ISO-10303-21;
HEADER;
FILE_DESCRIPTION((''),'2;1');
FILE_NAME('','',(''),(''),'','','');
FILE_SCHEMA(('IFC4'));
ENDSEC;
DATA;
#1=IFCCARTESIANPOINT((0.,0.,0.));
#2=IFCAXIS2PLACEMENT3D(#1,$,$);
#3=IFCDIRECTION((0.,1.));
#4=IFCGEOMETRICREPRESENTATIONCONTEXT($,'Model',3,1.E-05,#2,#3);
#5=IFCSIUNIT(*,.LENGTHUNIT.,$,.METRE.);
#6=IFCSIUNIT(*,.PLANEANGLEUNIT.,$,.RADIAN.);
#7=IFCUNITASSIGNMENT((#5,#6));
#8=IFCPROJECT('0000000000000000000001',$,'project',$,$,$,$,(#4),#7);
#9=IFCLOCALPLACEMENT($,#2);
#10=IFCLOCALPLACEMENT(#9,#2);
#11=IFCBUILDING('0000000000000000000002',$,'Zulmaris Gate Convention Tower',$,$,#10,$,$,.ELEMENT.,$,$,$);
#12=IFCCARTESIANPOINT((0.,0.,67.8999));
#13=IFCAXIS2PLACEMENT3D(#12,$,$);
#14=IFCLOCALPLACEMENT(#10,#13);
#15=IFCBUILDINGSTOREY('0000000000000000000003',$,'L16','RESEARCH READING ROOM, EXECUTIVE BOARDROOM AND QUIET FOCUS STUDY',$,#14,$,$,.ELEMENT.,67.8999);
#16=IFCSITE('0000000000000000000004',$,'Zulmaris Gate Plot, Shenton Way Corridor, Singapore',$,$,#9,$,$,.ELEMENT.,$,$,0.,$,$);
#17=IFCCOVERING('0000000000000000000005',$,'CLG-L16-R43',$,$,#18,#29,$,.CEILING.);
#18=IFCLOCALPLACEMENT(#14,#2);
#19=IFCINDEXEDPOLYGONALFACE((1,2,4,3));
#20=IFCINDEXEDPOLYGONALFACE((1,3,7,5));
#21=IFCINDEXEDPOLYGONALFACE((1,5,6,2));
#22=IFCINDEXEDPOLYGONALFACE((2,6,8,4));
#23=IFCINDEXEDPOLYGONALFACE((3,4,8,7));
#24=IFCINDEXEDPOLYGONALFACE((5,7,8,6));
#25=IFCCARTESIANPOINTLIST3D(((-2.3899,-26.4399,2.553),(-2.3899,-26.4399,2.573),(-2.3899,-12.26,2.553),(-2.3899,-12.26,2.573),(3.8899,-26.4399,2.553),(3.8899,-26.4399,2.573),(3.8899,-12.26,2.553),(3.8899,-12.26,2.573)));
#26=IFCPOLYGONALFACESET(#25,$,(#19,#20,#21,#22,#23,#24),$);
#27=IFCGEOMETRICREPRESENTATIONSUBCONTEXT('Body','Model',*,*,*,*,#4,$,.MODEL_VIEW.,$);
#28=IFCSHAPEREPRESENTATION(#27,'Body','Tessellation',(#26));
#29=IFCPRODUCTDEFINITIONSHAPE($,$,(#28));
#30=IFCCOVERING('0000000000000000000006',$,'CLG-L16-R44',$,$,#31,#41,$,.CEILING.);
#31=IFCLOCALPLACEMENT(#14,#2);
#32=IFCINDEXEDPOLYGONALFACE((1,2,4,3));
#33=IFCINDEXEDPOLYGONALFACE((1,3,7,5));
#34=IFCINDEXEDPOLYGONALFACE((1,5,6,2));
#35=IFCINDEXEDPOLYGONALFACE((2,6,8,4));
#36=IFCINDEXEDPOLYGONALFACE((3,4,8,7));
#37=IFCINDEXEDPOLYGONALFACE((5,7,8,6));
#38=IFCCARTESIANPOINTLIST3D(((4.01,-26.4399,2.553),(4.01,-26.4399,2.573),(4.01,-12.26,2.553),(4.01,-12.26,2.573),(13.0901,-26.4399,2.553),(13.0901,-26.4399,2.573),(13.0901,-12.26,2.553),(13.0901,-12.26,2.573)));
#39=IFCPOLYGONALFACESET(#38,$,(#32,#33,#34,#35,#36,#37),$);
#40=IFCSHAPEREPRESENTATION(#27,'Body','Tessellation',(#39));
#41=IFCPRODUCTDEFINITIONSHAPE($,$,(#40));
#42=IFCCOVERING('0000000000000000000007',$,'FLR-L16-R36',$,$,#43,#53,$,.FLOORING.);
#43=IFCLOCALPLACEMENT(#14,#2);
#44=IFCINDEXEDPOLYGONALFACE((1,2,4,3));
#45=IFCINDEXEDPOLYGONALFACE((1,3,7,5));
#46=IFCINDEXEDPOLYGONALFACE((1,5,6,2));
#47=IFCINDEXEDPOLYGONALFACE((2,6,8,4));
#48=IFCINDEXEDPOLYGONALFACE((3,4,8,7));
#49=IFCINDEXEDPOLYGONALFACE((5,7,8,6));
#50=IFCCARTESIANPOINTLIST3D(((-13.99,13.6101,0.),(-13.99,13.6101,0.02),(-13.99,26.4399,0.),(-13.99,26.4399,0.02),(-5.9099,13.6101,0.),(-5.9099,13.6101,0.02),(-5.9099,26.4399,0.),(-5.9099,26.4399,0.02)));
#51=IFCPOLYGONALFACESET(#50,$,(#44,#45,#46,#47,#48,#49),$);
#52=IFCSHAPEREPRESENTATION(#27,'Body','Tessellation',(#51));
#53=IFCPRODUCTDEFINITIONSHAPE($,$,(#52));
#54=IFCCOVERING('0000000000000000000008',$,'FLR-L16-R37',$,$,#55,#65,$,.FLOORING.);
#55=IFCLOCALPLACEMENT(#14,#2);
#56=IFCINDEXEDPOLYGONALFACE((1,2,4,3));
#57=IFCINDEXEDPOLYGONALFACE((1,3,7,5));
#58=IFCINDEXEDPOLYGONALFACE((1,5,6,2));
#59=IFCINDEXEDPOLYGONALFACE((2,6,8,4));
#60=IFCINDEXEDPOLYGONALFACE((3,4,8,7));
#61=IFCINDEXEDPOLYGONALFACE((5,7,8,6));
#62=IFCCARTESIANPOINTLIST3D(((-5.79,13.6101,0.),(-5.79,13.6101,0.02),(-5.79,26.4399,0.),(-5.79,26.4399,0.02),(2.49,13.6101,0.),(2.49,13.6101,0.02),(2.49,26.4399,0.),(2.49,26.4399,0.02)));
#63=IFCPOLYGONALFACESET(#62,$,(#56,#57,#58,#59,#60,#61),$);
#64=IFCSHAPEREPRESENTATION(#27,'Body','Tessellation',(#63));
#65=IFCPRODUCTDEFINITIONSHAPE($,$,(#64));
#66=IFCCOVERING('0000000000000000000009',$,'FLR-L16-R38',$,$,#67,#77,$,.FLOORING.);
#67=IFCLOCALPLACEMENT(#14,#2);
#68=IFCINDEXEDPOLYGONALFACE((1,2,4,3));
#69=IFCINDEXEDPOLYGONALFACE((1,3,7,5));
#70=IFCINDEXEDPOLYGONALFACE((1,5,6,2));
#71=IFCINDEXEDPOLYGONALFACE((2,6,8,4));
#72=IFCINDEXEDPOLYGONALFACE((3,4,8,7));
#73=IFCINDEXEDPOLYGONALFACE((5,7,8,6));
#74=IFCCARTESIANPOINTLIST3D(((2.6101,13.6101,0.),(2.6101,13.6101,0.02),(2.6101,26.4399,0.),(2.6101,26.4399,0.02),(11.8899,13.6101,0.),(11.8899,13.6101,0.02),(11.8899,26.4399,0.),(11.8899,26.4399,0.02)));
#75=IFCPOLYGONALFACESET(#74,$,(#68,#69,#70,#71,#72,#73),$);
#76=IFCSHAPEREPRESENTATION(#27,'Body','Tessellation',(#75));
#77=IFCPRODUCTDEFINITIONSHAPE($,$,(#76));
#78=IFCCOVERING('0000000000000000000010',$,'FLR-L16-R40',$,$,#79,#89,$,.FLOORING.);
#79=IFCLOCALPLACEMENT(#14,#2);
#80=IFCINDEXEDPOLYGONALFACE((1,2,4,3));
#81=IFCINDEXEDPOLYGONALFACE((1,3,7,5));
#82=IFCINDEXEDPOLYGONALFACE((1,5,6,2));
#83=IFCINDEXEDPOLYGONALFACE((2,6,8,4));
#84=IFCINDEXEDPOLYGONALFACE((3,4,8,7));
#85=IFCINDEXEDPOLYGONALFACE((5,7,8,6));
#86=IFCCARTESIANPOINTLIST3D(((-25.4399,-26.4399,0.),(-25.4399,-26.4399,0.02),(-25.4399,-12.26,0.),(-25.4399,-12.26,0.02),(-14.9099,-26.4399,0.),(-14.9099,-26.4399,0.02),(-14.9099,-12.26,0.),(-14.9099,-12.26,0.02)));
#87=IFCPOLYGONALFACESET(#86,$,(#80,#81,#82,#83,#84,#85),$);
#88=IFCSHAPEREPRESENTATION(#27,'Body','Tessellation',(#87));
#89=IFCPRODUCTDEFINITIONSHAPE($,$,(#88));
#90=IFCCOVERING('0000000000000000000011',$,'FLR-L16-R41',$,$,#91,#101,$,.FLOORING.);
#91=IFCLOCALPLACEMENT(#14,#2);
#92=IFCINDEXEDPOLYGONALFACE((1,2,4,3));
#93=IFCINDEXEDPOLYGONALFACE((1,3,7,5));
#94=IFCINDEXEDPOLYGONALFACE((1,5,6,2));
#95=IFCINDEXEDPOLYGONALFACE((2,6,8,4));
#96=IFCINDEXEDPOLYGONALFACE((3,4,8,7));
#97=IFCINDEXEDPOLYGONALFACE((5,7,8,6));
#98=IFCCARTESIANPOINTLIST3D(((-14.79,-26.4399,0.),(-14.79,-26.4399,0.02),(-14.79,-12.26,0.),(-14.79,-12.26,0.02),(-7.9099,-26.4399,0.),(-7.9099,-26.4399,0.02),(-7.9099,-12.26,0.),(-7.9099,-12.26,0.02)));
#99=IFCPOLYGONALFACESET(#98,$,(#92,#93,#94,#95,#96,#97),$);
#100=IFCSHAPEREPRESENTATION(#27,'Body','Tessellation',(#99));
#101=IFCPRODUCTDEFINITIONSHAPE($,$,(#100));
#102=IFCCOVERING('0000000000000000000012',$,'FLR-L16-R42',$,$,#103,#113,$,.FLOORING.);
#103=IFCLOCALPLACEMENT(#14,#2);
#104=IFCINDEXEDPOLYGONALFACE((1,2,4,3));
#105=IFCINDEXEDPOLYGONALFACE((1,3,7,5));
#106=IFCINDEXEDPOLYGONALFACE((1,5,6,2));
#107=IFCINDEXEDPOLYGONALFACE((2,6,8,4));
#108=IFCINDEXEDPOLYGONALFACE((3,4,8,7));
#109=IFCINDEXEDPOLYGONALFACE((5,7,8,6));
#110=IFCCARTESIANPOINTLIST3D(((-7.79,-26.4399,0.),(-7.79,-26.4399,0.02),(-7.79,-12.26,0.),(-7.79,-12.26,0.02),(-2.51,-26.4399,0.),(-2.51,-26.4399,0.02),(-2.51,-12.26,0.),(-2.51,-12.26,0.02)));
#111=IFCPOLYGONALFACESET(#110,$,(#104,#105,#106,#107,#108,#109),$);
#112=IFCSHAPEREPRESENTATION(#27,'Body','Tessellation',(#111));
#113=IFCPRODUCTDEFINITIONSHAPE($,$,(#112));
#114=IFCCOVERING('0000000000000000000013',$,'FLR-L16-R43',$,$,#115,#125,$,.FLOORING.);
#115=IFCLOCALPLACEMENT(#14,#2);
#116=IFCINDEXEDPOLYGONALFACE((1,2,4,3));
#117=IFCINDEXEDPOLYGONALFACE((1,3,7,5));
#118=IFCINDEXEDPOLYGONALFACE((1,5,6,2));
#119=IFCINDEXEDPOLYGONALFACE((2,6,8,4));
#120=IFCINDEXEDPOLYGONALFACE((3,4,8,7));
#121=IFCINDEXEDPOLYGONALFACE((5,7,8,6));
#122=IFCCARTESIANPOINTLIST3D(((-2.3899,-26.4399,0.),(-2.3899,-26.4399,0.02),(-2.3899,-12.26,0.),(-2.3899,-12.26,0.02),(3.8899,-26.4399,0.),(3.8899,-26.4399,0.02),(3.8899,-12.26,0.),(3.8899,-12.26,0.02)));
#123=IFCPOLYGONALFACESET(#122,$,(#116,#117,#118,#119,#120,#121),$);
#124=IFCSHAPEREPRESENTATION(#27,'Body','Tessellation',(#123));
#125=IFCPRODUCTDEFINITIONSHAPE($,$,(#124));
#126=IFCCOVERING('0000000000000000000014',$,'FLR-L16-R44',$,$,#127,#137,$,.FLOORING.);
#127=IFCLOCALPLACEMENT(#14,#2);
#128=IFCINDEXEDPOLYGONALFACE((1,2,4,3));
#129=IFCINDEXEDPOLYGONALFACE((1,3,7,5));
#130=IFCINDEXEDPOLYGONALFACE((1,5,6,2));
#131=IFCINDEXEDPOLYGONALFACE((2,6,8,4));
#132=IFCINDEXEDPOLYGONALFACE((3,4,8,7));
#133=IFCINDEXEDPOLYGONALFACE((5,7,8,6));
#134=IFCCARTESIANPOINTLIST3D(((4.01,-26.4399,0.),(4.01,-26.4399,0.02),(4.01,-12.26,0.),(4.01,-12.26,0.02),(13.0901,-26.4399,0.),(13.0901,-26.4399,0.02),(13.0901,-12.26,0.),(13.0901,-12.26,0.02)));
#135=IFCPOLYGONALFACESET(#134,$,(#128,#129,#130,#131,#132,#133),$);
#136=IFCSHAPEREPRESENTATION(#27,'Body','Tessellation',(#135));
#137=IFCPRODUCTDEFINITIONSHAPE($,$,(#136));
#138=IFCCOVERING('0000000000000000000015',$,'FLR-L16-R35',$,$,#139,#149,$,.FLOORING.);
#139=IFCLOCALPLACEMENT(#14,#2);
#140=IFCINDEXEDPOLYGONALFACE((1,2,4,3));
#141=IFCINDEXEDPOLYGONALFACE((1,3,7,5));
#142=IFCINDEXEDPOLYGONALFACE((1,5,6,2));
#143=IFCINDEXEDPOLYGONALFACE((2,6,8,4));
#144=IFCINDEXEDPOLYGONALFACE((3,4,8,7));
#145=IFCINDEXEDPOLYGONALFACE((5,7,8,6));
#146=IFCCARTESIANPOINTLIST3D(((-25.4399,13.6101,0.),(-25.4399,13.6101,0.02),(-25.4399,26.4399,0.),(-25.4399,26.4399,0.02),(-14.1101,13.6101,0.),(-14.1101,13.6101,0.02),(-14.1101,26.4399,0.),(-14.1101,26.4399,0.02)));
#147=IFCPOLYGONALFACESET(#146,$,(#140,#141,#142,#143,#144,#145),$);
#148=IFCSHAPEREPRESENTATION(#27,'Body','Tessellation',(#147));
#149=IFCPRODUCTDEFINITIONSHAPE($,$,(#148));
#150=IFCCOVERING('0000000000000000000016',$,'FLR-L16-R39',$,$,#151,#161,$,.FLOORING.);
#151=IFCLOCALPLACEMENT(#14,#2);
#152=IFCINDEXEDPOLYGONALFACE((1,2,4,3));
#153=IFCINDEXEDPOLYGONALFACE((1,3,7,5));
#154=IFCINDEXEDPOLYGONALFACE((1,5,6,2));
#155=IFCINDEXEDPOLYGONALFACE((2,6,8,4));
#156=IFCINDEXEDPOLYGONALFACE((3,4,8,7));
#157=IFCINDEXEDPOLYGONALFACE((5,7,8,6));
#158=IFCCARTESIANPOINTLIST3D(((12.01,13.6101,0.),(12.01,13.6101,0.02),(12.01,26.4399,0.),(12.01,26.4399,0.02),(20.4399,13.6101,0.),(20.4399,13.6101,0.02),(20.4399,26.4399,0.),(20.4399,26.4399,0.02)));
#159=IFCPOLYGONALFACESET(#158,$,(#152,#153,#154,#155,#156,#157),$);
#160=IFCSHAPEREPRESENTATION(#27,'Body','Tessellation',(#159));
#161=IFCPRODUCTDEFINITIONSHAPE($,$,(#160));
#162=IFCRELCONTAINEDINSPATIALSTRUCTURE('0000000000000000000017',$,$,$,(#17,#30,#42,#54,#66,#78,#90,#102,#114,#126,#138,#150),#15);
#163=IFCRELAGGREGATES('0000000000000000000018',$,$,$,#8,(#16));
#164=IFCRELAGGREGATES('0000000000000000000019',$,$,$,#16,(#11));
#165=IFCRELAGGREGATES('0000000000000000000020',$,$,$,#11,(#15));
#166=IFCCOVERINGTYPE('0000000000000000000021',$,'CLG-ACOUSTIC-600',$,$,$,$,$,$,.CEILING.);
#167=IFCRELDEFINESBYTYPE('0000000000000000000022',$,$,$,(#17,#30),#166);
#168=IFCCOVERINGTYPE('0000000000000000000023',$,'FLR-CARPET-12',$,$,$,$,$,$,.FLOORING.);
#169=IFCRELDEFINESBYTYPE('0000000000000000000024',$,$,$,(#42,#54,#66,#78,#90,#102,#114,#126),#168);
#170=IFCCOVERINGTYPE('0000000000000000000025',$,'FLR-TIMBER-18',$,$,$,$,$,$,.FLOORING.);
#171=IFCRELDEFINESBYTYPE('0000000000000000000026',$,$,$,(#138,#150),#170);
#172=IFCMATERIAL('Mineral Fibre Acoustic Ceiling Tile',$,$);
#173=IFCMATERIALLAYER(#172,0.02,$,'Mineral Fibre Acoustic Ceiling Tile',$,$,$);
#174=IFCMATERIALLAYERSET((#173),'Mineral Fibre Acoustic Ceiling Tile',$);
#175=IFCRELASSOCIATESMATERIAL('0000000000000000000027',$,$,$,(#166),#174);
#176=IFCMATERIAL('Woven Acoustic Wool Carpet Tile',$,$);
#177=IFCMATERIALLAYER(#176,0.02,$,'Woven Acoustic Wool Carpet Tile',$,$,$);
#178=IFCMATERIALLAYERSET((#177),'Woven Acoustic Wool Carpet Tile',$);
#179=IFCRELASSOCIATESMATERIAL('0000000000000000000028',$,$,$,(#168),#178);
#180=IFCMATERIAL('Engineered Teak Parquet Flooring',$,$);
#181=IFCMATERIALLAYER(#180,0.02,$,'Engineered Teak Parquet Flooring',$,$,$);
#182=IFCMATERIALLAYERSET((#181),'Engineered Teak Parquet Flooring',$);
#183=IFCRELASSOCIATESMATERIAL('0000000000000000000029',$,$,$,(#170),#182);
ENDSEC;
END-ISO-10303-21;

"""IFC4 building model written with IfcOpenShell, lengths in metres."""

from ifc_helpers import new_model, si_unit, direction, frame, origin, place, context, subcontext, project, spatial, polyline, outline, extrude, material, layer, layer_set, type_object, element, save


model = new_model("IFC4")

# Units and contexts
model_context = context("Model", 3, precision=1e-05, world=origin(), true_north=direction((0.0, 1.0)))
body_context = subcontext(model_context, "Body", "Model", "MODEL_VIEW")
ifc_project = project(units=[si_unit("LENGTHUNIT", "METRE"), si_unit("PLANEANGLEUNIT", "RADIAN")], contexts=[model_context])

# Site, building, storey
site_placement = place(None, origin())
site = spatial("IfcSite", under=ifc_project, at=site_placement, Name="Zulmaris Gate Plot, Shenton Way Corridor, Singapore", CompositionType="ELEMENT", RefElevation=0.0)
building_placement = place(site_placement, origin())
building = spatial("IfcBuilding", under=site, at=building_placement, Name="Zulmaris Gate Convention Tower", CompositionType="ELEMENT")
storey_placement = place(building_placement, frame((0.0, 0.0, 67.8999)))
storey = spatial("IfcBuildingStorey", under=building, at=storey_placement, Name="L16", Description="RESEARCH READING ROOM, EXECUTIVE BOARDROOM AND QUIET FOCUS STUDY", CompositionType="ELEMENT", Elevation=67.8999)

# Coverings
ifc_material_1 = material(Name="Mineral Fibre Acoustic Ceiling Tile")
ifc_layer_1 = layer(ifc_material_1, 0.02, Name="Mineral Fibre Acoustic Ceiling Tile")
ifc_layer_set_1 = layer_set([ifc_layer_1], Name="Mineral Fibre Acoustic Ceiling Tile")
covering_type_1 = type_object("IfcCoveringType", Name="CLG-ACOUSTIC-600", PredefinedType="CEILING", material=ifc_layer_set_1)
covering_1_placement = place(storey_placement, frame((0.0, 0.0, 2.553)))
element("IfcCovering", 1, at=covering_1_placement, inside=storey, type_object=covering_type_1, Name="CLG-L16-R43", PredefinedType="CEILING", context=body_context, shape_type="SweptSolid", body=[
    extrude(outline(polyline([(-2.3899, -26.4399), (3.8899, -26.4399), (3.8899, -12.26), (-2.3899, -12.26), (-2.3899, -26.4399)])), origin(), (0.0, 0.0, 1.0), 0.02),
])
covering_2_placement = place(storey_placement, frame((0.0, 0.0, 2.553)))
element("IfcCovering", 2, at=covering_2_placement, inside=storey, type_object=covering_type_1, Name="CLG-L16-R44", PredefinedType="CEILING", context=body_context, shape_type="SweptSolid", body=[
    extrude(outline(polyline([(4.01, -26.4399), (13.0901, -26.4399), (13.0901, -12.26), (4.01, -12.26), (4.01, -26.4399)])), origin(), (0.0, 0.0, 1.0), 0.02),
])
ifc_material_2 = material(Name="Woven Acoustic Wool Carpet Tile")
ifc_layer_2 = layer(ifc_material_2, 0.02, Name="Woven Acoustic Wool Carpet Tile")
ifc_layer_set_2 = layer_set([ifc_layer_2], Name="Woven Acoustic Wool Carpet Tile")
covering_type_2 = type_object("IfcCoveringType", Name="FLR-CARPET-12", PredefinedType="FLOORING", material=ifc_layer_set_2)
covering_3_placement = place(storey_placement, origin())
element("IfcCovering", 3, at=covering_3_placement, inside=storey, type_object=covering_type_2, Name="FLR-L16-R36", PredefinedType="FLOORING", context=body_context, shape_type="SweptSolid", body=[
    extrude(outline(polyline([(-13.99, 13.6101), (-5.9099, 13.6101), (-5.9099, 26.4399), (-13.99, 26.4399), (-13.99, 13.6101)])), origin(), (0.0, 0.0, 1.0), 0.02),
])
covering_4_placement = place(storey_placement, origin())
element("IfcCovering", 4, at=covering_4_placement, inside=storey, type_object=covering_type_2, Name="FLR-L16-R37", PredefinedType="FLOORING", context=body_context, shape_type="SweptSolid", body=[
    extrude(outline(polyline([(-5.79, 13.6101), (2.49, 13.6101), (2.49, 26.4399), (-5.79, 26.4399), (-5.79, 13.6101)])), origin(), (0.0, 0.0, 1.0), 0.02),
])
covering_5_placement = place(storey_placement, origin())
element("IfcCovering", 5, at=covering_5_placement, inside=storey, type_object=covering_type_2, Name="FLR-L16-R38", PredefinedType="FLOORING", context=body_context, shape_type="SweptSolid", body=[
    extrude(outline(polyline([(2.6101, 13.6101), (11.8899, 13.6101), (11.8899, 26.4399), (2.6101, 26.4399), (2.6101, 13.6101)])), origin(), (0.0, 0.0, 1.0), 0.02),
])
covering_6_placement = place(storey_placement, origin())
element("IfcCovering", 6, at=covering_6_placement, inside=storey, type_object=covering_type_2, Name="FLR-L16-R40", PredefinedType="FLOORING", context=body_context, shape_type="SweptSolid", body=[
    extrude(outline(polyline([(-25.4399, -26.4399), (-14.9099, -26.4399), (-14.9099, -12.26), (-25.4399, -12.26), (-25.4399, -26.4399)])), origin(), (0.0, 0.0, 1.0), 0.02),
])
covering_7_placement = place(storey_placement, origin())
element("IfcCovering", 7, at=covering_7_placement, inside=storey, type_object=covering_type_2, Name="FLR-L16-R41", PredefinedType="FLOORING", context=body_context, shape_type="SweptSolid", body=[
    extrude(outline(polyline([(-14.79, -26.4399), (-7.9099, -26.4399), (-7.9099, -12.26), (-14.79, -12.26), (-14.79, -26.4399)])), origin(), (0.0, 0.0, 1.0), 0.02),
])
covering_8_placement = place(storey_placement, origin())
element("IfcCovering", 8, at=covering_8_placement, inside=storey, type_object=covering_type_2, Name="FLR-L16-R42", PredefinedType="FLOORING", context=body_context, shape_type="SweptSolid", body=[
    extrude(outline(polyline([(-7.79, -26.4399), (-2.51, -26.4399), (-2.51, -12.26), (-7.79, -12.26), (-7.79, -26.4399)])), origin(), (0.0, 0.0, 1.0), 0.02),
])
covering_9_placement = place(storey_placement, origin())
element("IfcCovering", 9, at=covering_9_placement, inside=storey, type_object=covering_type_2, Name="FLR-L16-R43", PredefinedType="FLOORING", context=body_context, shape_type="SweptSolid", body=[
    extrude(outline(polyline([(-2.3899, -26.4399), (3.8899, -26.4399), (3.8899, -12.26), (-2.3899, -12.26), (-2.3899, -26.4399)])), origin(), (0.0, 0.0, 1.0), 0.02),
])
covering_10_placement = place(storey_placement, origin())
element("IfcCovering", 10, at=covering_10_placement, inside=storey, type_object=covering_type_2, Name="FLR-L16-R44", PredefinedType="FLOORING", context=body_context, shape_type="SweptSolid", body=[
    extrude(outline(polyline([(4.01, -26.4399), (13.0901, -26.4399), (13.0901, -12.26), (4.01, -12.26), (4.01, -26.4399)])), origin(), (0.0, 0.0, 1.0), 0.02),
])
ifc_material_3 = material(Name="Engineered Teak Parquet Flooring")
ifc_layer_3 = layer(ifc_material_3, 0.02, Name="Engineered Teak Parquet Flooring")
ifc_layer_set_3 = layer_set([ifc_layer_3], Name="Engineered Teak Parquet Flooring")
covering_type_3 = type_object("IfcCoveringType", Name="FLR-TIMBER-18", PredefinedType="FLOORING", material=ifc_layer_set_3)
covering_11_placement = place(storey_placement, origin())
element("IfcCovering", 11, at=covering_11_placement, inside=storey, type_object=covering_type_3, Name="FLR-L16-R35", PredefinedType="FLOORING", context=body_context, shape_type="SweptSolid", body=[
    extrude(outline(polyline([(-25.4399, 13.6101), (-14.1101, 13.6101), (-14.1101, 26.4399), (-25.4399, 26.4399), (-25.4399, 13.6101)])), origin(), (0.0, 0.0, 1.0), 0.02),
])
covering_12_placement = place(storey_placement, origin())
element("IfcCovering", 12, at=covering_12_placement, inside=storey, type_object=covering_type_3, Name="FLR-L16-R39", PredefinedType="FLOORING", context=body_context, shape_type="SweptSolid", body=[
    extrude(outline(polyline([(12.01, 13.6101), (20.4399, 13.6101), (20.4399, 26.4399), (12.01, 26.4399), (12.01, 13.6101)])), origin(), (0.0, 0.0, 1.0), 0.02),
])

save(model, "model.ifc")
